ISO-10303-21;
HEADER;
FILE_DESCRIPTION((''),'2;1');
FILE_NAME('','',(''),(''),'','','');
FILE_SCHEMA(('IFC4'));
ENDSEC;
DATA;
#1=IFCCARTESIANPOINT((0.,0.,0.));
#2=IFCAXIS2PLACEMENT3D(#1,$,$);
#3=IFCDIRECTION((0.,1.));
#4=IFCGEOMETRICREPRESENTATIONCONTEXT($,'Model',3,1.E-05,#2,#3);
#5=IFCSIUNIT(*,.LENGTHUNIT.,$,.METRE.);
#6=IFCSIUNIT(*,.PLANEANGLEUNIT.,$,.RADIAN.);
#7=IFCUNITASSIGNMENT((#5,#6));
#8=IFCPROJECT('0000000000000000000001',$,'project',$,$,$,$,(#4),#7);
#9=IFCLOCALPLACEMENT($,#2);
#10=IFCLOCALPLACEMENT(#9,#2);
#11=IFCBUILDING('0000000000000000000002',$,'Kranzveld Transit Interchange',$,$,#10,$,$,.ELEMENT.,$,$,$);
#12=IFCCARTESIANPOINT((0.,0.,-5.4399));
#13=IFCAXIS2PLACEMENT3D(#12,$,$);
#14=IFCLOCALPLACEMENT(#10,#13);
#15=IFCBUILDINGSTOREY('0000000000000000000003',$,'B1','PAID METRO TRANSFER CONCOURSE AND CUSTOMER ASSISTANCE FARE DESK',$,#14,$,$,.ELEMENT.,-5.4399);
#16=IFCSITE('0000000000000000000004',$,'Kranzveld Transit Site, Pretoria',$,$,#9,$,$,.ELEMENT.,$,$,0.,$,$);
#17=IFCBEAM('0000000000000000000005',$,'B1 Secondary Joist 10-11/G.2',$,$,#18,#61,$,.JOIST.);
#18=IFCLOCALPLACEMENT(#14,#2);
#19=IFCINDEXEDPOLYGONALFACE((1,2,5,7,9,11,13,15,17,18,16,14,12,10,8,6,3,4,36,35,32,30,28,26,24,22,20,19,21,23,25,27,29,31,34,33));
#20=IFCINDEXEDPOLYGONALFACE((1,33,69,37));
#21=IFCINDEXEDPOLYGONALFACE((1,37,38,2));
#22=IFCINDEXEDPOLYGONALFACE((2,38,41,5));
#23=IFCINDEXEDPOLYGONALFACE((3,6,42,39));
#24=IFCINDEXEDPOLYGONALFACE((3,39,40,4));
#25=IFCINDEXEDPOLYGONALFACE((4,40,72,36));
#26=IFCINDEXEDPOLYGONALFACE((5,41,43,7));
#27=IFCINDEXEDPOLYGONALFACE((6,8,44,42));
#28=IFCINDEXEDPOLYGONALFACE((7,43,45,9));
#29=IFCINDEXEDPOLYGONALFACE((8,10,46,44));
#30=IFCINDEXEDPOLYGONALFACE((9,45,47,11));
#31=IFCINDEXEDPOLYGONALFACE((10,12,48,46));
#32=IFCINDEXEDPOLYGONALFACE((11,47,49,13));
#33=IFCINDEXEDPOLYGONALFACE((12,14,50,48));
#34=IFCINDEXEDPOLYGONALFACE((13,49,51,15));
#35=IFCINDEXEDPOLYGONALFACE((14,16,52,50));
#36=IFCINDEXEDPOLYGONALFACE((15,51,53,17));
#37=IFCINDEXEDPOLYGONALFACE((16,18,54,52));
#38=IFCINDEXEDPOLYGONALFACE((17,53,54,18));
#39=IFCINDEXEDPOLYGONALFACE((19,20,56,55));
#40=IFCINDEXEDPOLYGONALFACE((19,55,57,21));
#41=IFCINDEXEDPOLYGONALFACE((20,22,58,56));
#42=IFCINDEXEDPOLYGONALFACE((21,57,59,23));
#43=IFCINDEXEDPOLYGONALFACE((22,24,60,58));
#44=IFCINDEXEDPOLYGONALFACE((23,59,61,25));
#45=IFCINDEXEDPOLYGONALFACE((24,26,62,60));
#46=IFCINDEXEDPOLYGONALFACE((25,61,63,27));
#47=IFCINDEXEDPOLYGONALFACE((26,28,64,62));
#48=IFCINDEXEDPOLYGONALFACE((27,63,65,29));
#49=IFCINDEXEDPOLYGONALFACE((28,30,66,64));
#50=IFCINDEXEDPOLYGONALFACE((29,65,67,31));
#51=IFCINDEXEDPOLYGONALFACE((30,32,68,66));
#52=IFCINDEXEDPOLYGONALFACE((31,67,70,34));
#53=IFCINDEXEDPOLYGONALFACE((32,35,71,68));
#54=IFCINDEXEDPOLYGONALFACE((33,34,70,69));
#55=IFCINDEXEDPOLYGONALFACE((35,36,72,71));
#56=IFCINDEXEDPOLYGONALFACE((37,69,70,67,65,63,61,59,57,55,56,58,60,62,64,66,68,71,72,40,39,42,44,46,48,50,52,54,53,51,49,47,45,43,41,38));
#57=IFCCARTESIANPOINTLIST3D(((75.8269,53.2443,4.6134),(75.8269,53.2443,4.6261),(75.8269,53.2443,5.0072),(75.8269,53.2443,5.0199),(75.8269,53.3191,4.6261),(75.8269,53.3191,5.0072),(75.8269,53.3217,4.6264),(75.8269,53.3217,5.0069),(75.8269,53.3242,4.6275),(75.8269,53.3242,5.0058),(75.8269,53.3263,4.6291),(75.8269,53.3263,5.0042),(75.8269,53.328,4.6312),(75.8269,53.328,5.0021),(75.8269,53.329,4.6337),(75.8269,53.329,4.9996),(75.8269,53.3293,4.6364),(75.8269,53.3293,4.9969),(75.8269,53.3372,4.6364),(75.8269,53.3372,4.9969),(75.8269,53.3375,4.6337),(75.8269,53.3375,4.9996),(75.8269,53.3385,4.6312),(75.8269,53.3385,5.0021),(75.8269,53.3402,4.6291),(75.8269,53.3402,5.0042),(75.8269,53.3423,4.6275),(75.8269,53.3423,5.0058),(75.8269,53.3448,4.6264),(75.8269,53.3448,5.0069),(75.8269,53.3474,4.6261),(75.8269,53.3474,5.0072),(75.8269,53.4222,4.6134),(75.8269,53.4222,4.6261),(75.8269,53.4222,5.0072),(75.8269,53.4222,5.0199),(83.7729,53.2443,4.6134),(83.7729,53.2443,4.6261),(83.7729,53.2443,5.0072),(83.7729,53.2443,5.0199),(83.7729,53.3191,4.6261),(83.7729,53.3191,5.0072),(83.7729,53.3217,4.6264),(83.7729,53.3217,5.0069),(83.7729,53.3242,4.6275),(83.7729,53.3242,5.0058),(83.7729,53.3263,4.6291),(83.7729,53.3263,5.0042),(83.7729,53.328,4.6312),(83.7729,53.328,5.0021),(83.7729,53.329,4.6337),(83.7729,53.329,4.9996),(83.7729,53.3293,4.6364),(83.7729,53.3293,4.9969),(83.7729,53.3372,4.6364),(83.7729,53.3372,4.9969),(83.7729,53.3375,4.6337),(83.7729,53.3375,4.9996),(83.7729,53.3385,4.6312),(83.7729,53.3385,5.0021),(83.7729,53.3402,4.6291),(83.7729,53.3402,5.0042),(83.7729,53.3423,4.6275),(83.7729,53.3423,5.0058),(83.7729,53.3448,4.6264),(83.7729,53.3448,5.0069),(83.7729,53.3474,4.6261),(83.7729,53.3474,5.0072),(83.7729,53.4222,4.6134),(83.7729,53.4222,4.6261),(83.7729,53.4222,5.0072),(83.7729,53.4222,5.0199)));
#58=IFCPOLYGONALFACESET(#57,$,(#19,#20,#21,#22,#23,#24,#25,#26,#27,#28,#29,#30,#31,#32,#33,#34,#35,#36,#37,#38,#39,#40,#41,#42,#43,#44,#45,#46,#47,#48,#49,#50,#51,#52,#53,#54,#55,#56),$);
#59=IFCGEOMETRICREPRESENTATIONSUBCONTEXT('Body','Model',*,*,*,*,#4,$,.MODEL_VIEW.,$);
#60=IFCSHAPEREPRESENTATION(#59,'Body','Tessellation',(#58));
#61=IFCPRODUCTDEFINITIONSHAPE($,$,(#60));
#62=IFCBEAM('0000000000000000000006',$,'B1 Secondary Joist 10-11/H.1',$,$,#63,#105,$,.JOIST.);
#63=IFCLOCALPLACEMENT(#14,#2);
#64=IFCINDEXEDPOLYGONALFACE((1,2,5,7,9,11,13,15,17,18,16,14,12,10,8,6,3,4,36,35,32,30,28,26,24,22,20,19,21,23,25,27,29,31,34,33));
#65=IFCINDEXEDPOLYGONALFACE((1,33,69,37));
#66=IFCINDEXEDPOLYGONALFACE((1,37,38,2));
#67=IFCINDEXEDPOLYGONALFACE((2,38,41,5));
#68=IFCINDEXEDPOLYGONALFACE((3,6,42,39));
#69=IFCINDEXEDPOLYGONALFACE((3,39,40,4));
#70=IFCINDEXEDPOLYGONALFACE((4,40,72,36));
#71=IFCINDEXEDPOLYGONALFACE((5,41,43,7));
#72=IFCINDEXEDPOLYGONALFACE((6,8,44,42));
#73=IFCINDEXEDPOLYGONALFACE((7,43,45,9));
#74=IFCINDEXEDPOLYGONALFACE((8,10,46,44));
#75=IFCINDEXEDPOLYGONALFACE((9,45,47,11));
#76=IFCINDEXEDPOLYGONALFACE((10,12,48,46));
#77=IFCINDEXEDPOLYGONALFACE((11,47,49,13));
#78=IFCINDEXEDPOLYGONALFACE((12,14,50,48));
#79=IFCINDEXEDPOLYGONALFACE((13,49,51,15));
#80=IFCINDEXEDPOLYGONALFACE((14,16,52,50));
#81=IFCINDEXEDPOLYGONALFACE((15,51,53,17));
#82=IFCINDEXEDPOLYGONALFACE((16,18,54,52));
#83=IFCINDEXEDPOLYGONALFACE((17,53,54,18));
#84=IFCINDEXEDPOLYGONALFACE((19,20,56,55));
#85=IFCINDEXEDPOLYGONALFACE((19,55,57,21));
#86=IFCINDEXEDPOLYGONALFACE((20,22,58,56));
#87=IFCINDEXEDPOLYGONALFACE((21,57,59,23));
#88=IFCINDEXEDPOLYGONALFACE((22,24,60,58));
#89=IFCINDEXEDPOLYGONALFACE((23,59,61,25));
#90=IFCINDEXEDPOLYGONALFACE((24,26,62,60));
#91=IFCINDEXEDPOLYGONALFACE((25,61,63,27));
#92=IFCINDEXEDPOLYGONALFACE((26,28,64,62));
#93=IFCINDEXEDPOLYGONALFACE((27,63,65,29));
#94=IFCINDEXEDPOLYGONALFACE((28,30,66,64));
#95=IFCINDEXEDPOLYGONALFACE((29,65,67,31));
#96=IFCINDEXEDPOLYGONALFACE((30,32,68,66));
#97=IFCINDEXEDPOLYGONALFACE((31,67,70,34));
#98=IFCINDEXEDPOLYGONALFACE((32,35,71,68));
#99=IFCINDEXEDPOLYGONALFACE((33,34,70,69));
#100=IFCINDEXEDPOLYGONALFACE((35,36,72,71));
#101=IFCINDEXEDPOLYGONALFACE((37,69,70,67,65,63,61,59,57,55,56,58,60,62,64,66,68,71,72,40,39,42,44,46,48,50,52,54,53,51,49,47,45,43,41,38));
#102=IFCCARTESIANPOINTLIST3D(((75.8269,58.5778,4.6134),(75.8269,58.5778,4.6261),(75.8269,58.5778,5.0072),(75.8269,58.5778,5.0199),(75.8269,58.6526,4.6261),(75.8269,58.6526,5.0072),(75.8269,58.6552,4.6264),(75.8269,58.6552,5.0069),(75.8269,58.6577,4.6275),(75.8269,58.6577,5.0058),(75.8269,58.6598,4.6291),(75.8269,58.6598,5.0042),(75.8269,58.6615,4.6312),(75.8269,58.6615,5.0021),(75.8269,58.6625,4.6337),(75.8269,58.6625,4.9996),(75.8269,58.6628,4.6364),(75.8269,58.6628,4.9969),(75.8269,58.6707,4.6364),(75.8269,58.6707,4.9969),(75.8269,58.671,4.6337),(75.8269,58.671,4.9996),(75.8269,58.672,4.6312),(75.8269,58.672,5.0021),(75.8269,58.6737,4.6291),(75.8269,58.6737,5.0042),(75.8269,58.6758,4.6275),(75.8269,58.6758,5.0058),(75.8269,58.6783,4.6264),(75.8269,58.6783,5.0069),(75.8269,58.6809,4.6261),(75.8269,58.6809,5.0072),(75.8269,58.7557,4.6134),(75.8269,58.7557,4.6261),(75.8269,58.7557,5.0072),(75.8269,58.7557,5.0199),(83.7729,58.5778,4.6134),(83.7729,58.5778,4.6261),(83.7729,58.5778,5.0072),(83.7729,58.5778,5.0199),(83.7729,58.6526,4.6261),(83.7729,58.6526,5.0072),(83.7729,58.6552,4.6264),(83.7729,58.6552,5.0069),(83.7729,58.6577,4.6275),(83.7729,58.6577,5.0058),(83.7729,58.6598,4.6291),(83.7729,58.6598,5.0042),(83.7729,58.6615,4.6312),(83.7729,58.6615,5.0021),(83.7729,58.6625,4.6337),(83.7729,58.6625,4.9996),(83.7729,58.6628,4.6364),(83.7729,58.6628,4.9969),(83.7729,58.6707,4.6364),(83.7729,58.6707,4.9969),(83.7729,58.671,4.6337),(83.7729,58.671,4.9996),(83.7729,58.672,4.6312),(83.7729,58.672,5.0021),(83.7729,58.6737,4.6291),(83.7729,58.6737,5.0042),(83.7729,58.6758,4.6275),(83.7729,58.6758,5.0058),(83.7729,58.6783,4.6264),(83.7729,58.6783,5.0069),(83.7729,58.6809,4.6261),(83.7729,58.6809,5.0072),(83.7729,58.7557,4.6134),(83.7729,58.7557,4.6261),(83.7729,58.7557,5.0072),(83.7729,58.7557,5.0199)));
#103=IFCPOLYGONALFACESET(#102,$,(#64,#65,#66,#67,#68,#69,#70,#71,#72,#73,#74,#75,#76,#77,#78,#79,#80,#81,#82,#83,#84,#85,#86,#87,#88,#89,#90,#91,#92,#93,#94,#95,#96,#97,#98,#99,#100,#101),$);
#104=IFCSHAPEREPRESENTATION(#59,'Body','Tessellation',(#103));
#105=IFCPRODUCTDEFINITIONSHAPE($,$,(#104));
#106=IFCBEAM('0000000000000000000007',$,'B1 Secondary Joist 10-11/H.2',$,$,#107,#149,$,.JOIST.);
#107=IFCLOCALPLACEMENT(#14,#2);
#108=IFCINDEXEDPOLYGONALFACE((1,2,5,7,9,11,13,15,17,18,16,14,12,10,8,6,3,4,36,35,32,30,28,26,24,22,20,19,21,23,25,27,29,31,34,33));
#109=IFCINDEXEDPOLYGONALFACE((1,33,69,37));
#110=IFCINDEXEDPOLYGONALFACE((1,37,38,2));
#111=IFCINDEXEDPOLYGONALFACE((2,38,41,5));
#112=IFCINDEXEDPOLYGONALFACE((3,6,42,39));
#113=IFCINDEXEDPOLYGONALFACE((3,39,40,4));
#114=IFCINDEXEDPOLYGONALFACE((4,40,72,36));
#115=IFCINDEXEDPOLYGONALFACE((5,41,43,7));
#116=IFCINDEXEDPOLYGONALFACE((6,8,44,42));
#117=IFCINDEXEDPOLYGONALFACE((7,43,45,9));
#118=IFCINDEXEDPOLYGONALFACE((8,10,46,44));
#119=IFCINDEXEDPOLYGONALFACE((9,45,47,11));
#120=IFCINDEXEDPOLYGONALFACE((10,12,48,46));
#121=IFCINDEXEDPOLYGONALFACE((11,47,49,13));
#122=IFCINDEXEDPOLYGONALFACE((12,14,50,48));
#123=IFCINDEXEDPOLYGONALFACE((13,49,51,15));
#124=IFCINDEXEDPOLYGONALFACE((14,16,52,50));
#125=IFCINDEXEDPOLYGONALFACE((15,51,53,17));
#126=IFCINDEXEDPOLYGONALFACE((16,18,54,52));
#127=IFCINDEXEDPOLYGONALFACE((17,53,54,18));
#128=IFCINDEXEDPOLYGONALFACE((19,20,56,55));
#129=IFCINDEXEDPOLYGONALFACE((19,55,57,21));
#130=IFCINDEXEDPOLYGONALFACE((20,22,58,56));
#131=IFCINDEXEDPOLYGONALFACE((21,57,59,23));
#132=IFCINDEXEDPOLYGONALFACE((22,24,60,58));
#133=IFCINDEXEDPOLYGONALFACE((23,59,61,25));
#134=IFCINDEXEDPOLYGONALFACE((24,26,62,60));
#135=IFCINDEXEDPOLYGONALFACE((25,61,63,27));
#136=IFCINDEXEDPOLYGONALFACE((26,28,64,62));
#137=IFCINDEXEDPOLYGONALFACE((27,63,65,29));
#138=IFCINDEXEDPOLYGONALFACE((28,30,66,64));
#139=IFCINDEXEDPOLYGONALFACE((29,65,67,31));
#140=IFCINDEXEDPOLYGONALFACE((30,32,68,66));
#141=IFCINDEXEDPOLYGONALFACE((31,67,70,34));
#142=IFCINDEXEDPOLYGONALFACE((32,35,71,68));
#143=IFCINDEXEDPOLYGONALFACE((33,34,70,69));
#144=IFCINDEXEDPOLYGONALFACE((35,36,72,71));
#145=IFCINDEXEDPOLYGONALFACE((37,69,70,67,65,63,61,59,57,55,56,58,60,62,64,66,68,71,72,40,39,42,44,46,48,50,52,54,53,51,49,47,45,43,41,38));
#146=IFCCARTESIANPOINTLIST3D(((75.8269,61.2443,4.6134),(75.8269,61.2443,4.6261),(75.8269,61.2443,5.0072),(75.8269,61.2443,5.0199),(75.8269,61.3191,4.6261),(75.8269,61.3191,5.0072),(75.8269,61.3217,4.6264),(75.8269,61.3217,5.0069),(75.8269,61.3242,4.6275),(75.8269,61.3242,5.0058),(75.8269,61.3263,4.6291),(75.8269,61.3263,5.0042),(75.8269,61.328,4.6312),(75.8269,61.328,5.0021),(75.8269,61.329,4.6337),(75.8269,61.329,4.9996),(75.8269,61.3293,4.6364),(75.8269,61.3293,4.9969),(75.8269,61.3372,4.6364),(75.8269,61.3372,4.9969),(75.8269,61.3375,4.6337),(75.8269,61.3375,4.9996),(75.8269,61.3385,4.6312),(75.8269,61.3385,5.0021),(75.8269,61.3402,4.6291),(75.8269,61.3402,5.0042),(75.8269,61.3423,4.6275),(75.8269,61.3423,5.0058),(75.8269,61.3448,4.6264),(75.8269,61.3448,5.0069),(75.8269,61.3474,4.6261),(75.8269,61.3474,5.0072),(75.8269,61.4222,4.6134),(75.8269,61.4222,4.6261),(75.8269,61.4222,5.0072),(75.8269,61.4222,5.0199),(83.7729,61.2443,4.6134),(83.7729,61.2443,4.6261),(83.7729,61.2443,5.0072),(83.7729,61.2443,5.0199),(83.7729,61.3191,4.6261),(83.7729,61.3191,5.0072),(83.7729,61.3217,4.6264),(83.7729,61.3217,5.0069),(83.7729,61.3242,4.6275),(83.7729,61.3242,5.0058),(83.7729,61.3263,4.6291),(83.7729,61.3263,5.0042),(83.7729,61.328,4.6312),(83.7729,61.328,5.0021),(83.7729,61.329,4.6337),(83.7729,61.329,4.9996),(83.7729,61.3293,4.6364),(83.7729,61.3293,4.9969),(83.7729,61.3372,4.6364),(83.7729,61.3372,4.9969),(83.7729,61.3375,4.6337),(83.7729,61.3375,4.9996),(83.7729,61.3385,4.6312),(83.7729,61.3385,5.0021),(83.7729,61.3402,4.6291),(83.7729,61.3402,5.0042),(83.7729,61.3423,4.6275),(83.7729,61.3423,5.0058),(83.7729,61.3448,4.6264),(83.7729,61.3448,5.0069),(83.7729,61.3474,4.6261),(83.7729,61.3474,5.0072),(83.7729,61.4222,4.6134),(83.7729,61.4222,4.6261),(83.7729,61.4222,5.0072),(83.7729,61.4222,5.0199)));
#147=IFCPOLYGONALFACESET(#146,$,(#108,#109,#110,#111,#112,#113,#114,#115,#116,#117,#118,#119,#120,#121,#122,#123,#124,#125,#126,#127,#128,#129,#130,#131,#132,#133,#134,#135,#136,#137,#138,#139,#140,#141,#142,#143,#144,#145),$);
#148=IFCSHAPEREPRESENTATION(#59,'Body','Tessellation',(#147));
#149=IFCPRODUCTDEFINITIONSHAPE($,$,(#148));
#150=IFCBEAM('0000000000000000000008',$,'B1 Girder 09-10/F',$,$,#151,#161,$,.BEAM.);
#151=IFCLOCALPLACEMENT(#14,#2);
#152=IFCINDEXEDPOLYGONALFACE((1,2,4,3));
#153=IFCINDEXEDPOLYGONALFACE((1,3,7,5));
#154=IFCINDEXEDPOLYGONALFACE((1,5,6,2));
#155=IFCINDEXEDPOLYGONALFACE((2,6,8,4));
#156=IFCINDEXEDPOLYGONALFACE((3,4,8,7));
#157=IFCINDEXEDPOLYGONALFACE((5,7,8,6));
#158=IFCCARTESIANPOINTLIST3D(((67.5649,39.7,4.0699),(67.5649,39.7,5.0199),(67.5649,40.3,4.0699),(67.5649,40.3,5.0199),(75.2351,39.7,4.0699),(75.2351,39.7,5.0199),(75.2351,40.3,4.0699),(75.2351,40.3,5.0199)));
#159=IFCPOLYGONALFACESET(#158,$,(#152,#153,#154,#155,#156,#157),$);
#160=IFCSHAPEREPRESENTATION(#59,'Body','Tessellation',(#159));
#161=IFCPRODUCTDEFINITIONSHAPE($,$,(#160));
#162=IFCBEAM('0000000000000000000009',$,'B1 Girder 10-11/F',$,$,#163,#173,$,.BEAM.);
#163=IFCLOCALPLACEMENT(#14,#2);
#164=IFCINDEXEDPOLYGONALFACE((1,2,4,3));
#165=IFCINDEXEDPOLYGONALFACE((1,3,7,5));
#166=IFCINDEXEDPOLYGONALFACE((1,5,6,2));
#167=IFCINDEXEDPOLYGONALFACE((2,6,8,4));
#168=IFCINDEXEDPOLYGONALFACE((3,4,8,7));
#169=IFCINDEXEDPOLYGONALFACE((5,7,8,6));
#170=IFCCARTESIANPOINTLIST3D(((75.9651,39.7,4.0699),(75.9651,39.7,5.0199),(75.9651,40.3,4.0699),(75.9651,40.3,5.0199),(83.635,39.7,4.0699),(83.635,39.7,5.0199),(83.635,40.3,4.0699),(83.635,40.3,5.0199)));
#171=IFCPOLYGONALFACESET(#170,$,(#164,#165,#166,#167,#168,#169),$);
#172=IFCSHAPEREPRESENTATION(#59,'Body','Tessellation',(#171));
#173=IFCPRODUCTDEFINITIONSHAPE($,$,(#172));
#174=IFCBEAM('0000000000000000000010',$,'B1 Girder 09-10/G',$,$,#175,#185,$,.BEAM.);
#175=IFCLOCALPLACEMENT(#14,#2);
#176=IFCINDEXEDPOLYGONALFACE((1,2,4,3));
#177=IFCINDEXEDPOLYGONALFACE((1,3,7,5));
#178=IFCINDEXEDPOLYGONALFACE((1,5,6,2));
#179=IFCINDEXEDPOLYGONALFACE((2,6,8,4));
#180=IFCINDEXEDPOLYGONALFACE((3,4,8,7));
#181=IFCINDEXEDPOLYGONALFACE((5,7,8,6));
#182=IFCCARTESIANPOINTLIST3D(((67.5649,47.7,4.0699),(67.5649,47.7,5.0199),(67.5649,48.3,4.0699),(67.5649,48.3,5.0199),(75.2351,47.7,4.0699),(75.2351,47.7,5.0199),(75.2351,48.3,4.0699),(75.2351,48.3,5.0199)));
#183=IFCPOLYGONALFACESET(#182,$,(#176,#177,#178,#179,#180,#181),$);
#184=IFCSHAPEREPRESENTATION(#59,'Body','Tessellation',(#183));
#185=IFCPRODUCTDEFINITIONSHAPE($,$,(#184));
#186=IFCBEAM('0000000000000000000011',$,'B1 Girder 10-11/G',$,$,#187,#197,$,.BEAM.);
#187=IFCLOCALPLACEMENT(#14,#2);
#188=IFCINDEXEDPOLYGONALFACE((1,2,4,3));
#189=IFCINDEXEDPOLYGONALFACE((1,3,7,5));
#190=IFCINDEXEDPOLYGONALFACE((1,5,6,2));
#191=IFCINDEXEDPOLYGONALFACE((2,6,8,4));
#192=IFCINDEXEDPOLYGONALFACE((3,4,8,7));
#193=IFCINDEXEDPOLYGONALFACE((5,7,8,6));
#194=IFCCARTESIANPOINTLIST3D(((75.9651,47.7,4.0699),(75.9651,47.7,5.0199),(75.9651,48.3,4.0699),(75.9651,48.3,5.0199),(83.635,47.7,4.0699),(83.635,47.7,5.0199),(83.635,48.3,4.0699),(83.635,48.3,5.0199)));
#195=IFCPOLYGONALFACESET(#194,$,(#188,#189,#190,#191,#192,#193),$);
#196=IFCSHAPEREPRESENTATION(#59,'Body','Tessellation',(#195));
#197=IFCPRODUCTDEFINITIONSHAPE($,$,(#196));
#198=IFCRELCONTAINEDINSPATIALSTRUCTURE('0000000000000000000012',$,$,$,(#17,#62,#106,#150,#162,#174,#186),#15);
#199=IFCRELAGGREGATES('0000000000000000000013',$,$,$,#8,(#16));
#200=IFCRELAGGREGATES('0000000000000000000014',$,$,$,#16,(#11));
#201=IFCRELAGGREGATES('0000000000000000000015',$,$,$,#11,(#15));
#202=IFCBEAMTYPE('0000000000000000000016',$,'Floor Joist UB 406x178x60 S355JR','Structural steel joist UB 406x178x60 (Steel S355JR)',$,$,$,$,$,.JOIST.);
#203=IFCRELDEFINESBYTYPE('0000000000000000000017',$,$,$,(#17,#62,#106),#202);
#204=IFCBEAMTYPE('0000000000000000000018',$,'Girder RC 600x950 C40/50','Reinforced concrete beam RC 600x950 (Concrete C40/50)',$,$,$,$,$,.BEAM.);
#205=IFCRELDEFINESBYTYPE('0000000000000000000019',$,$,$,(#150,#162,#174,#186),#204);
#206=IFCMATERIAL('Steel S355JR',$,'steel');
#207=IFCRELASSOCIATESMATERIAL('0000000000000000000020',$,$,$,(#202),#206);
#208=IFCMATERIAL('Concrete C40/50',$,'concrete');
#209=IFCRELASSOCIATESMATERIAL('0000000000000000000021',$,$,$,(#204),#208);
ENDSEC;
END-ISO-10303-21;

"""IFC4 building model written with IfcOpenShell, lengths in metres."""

from ifc_helpers import new_model, si_unit, direction, frame, origin, origin_2d, place, context, subcontext, project, spatial, rectangle, i_section, extrude, material, material_profile, profile_set, type_object, element, save


model = new_model("IFC4")

# Units and contexts
model_context = context("Model", 3, precision=1e-05, world=origin(), true_north=direction((0.0, 1.0)))
body_context = subcontext(model_context, "Body", "Model", "MODEL_VIEW")
ifc_project = project(units=[si_unit("LENGTHUNIT", "METRE"), si_unit("PLANEANGLEUNIT", "RADIAN")], contexts=[model_context])

# Site, building, storey
site_placement = place(None, origin())
site = spatial("IfcSite", under=ifc_project, at=site_placement, Name="Kranzveld Transit Site, Pretoria", CompositionType="ELEMENT", RefElevation=0.0)
building_placement = place(site_placement, origin())
building = spatial("IfcBuilding", under=site, at=building_placement, Name="Kranzveld Transit Interchange", CompositionType="ELEMENT")
storey_placement = place(building_placement, frame((0.0, 0.0, -5.4399)))
storey = spatial("IfcBuildingStorey", under=building, at=storey_placement, Name="B1", Description="PAID METRO TRANSFER CONCOURSE AND CUSTOMER ASSISTANCE FARE DESK", CompositionType="ELEMENT", Elevation=-5.4399)

# Beams
ifc_material_1 = material(Name="Steel S355JR", Category="steel")
ifc_material_profile_1 = material_profile(ifc_material_1, i_section(OverallWidth=0.178, OverallDepth=0.4065, WebThickness=0.0078, FlangeThickness=0.0127, FilletRadius=0.0103, at=origin_2d()), Name="UB 406x178x60")
ifc_profile_set_1 = profile_set([ifc_material_profile_1], Name="Steel S355JR")
beam_type_1 = type_object("IfcBeamType", Name="Floor Joist UB 406x178x60 S355JR", Description="Structural steel joist UB 406x178x60 (Steel S355JR)", PredefinedType="JOIST", material=ifc_profile_set_1)
for number, where, z_axis, x_axis, name in (
    (1, (75.8269, 53.3333, 4.8167), (1.0, 0.0, 0.0), (0.0, 1.0, 0.0), "B1 Secondary Joist 10-11/G.2"),
    (2, (75.8269, 58.6667, 4.8167), (1.0, 0.0, 0.0), (0.0, 1.0, 0.0), "B1 Secondary Joist 10-11/H.1"),
    (3, (75.8269, 61.3333, 4.8167), (1.0, 0.0, 0.0), (0.0, 1.0, 0.0), "B1 Secondary Joist 10-11/H.2"),
):
    element("IfcBeam", number, at=place(storey_placement, frame(where, z_axis=z_axis, x_axis=x_axis)), inside=storey, type_object=beam_type_1, Name=name, PredefinedType="JOIST", context=body_context, shape_type="SweptSolid", body=[
        extrude(i_section(OverallWidth=0.178, OverallDepth=0.4065, WebThickness=0.0078, FlangeThickness=0.0127, FilletRadius=0.0103, at=origin_2d()), origin(), (0.0, 0.0, 1.0), 7.946),
    ])
ifc_material_2 = material(Name="Concrete C40/50", Category="concrete")
ifc_material_profile_2 = material_profile(ifc_material_2, rectangle(XDim=0.6001, YDim=0.95, at=origin_2d()), Name="RC 600x950")
ifc_profile_set_2 = profile_set([ifc_material_profile_2], Name="Concrete C40/50")
beam_type_2 = type_object("IfcBeamType", Name="Girder RC 600x950 C40/50", Description="Reinforced concrete beam RC 600x950 (Concrete C40/50)", PredefinedType="BEAM", material=ifc_profile_set_2)
beam_1_placement = place(storey_placement, frame((67.5649, 40.0, 4.5449), z_axis=(1.0, 0.0, 0.0), x_axis=(0.0, 1.0, 0.0)))
element("IfcBeam", 4, at=beam_1_placement, inside=storey, type_object=beam_type_2, Name="B1 Girder 09-10/F", PredefinedType="BEAM", context=body_context, shape_type="SweptSolid", body=[
    extrude(rectangle(XDim=0.6001, YDim=0.95, at=origin_2d()), origin(), (0.0, 0.0, 1.0), 7.6702),
])
beam_2_placement = place(storey_placement, frame((75.9651, 40.0, 4.5449), z_axis=(1.0, 0.0, 0.0), x_axis=(0.0, 1.0, 0.0)))
element("IfcBeam", 5, at=beam_2_placement, inside=storey, type_object=beam_type_2, Name="B1 Girder 10-11/F", PredefinedType="BEAM", context=body_context, shape_type="SweptSolid", body=[
    extrude(rectangle(XDim=0.6001, YDim=0.95, at=origin_2d()), origin(), (0.0, 0.0, 1.0), 7.6699),
])
beam_3_placement = place(storey_placement, frame((67.5649, 48.0, 4.5449), z_axis=(1.0, 0.0, 0.0), x_axis=(0.0, 1.0, 0.0)))
element("IfcBeam", 6, at=beam_3_placement, inside=storey, type_object=beam_type_2, Name="B1 Girder 09-10/G", PredefinedType="BEAM", context=body_context, shape_type="SweptSolid", body=[
    extrude(rectangle(XDim=0.6001, YDim=0.95, at=origin_2d()), origin(), (0.0, 0.0, 1.0), 7.6702),
])
beam_4_placement = place(storey_placement, frame((75.9651, 48.0, 4.5449), z_axis=(1.0, 0.0, 0.0), x_axis=(0.0, 1.0, 0.0)))
element("IfcBeam", 7, at=beam_4_placement, inside=storey, type_object=beam_type_2, Name="B1 Girder 10-11/G", PredefinedType="BEAM", context=body_context, shape_type="SweptSolid", body=[
    extrude(rectangle(XDim=0.6001, YDim=0.95, at=origin_2d()), origin(), (0.0, 0.0, 1.0), 7.6699),
])

save(model, "model.ifc")
